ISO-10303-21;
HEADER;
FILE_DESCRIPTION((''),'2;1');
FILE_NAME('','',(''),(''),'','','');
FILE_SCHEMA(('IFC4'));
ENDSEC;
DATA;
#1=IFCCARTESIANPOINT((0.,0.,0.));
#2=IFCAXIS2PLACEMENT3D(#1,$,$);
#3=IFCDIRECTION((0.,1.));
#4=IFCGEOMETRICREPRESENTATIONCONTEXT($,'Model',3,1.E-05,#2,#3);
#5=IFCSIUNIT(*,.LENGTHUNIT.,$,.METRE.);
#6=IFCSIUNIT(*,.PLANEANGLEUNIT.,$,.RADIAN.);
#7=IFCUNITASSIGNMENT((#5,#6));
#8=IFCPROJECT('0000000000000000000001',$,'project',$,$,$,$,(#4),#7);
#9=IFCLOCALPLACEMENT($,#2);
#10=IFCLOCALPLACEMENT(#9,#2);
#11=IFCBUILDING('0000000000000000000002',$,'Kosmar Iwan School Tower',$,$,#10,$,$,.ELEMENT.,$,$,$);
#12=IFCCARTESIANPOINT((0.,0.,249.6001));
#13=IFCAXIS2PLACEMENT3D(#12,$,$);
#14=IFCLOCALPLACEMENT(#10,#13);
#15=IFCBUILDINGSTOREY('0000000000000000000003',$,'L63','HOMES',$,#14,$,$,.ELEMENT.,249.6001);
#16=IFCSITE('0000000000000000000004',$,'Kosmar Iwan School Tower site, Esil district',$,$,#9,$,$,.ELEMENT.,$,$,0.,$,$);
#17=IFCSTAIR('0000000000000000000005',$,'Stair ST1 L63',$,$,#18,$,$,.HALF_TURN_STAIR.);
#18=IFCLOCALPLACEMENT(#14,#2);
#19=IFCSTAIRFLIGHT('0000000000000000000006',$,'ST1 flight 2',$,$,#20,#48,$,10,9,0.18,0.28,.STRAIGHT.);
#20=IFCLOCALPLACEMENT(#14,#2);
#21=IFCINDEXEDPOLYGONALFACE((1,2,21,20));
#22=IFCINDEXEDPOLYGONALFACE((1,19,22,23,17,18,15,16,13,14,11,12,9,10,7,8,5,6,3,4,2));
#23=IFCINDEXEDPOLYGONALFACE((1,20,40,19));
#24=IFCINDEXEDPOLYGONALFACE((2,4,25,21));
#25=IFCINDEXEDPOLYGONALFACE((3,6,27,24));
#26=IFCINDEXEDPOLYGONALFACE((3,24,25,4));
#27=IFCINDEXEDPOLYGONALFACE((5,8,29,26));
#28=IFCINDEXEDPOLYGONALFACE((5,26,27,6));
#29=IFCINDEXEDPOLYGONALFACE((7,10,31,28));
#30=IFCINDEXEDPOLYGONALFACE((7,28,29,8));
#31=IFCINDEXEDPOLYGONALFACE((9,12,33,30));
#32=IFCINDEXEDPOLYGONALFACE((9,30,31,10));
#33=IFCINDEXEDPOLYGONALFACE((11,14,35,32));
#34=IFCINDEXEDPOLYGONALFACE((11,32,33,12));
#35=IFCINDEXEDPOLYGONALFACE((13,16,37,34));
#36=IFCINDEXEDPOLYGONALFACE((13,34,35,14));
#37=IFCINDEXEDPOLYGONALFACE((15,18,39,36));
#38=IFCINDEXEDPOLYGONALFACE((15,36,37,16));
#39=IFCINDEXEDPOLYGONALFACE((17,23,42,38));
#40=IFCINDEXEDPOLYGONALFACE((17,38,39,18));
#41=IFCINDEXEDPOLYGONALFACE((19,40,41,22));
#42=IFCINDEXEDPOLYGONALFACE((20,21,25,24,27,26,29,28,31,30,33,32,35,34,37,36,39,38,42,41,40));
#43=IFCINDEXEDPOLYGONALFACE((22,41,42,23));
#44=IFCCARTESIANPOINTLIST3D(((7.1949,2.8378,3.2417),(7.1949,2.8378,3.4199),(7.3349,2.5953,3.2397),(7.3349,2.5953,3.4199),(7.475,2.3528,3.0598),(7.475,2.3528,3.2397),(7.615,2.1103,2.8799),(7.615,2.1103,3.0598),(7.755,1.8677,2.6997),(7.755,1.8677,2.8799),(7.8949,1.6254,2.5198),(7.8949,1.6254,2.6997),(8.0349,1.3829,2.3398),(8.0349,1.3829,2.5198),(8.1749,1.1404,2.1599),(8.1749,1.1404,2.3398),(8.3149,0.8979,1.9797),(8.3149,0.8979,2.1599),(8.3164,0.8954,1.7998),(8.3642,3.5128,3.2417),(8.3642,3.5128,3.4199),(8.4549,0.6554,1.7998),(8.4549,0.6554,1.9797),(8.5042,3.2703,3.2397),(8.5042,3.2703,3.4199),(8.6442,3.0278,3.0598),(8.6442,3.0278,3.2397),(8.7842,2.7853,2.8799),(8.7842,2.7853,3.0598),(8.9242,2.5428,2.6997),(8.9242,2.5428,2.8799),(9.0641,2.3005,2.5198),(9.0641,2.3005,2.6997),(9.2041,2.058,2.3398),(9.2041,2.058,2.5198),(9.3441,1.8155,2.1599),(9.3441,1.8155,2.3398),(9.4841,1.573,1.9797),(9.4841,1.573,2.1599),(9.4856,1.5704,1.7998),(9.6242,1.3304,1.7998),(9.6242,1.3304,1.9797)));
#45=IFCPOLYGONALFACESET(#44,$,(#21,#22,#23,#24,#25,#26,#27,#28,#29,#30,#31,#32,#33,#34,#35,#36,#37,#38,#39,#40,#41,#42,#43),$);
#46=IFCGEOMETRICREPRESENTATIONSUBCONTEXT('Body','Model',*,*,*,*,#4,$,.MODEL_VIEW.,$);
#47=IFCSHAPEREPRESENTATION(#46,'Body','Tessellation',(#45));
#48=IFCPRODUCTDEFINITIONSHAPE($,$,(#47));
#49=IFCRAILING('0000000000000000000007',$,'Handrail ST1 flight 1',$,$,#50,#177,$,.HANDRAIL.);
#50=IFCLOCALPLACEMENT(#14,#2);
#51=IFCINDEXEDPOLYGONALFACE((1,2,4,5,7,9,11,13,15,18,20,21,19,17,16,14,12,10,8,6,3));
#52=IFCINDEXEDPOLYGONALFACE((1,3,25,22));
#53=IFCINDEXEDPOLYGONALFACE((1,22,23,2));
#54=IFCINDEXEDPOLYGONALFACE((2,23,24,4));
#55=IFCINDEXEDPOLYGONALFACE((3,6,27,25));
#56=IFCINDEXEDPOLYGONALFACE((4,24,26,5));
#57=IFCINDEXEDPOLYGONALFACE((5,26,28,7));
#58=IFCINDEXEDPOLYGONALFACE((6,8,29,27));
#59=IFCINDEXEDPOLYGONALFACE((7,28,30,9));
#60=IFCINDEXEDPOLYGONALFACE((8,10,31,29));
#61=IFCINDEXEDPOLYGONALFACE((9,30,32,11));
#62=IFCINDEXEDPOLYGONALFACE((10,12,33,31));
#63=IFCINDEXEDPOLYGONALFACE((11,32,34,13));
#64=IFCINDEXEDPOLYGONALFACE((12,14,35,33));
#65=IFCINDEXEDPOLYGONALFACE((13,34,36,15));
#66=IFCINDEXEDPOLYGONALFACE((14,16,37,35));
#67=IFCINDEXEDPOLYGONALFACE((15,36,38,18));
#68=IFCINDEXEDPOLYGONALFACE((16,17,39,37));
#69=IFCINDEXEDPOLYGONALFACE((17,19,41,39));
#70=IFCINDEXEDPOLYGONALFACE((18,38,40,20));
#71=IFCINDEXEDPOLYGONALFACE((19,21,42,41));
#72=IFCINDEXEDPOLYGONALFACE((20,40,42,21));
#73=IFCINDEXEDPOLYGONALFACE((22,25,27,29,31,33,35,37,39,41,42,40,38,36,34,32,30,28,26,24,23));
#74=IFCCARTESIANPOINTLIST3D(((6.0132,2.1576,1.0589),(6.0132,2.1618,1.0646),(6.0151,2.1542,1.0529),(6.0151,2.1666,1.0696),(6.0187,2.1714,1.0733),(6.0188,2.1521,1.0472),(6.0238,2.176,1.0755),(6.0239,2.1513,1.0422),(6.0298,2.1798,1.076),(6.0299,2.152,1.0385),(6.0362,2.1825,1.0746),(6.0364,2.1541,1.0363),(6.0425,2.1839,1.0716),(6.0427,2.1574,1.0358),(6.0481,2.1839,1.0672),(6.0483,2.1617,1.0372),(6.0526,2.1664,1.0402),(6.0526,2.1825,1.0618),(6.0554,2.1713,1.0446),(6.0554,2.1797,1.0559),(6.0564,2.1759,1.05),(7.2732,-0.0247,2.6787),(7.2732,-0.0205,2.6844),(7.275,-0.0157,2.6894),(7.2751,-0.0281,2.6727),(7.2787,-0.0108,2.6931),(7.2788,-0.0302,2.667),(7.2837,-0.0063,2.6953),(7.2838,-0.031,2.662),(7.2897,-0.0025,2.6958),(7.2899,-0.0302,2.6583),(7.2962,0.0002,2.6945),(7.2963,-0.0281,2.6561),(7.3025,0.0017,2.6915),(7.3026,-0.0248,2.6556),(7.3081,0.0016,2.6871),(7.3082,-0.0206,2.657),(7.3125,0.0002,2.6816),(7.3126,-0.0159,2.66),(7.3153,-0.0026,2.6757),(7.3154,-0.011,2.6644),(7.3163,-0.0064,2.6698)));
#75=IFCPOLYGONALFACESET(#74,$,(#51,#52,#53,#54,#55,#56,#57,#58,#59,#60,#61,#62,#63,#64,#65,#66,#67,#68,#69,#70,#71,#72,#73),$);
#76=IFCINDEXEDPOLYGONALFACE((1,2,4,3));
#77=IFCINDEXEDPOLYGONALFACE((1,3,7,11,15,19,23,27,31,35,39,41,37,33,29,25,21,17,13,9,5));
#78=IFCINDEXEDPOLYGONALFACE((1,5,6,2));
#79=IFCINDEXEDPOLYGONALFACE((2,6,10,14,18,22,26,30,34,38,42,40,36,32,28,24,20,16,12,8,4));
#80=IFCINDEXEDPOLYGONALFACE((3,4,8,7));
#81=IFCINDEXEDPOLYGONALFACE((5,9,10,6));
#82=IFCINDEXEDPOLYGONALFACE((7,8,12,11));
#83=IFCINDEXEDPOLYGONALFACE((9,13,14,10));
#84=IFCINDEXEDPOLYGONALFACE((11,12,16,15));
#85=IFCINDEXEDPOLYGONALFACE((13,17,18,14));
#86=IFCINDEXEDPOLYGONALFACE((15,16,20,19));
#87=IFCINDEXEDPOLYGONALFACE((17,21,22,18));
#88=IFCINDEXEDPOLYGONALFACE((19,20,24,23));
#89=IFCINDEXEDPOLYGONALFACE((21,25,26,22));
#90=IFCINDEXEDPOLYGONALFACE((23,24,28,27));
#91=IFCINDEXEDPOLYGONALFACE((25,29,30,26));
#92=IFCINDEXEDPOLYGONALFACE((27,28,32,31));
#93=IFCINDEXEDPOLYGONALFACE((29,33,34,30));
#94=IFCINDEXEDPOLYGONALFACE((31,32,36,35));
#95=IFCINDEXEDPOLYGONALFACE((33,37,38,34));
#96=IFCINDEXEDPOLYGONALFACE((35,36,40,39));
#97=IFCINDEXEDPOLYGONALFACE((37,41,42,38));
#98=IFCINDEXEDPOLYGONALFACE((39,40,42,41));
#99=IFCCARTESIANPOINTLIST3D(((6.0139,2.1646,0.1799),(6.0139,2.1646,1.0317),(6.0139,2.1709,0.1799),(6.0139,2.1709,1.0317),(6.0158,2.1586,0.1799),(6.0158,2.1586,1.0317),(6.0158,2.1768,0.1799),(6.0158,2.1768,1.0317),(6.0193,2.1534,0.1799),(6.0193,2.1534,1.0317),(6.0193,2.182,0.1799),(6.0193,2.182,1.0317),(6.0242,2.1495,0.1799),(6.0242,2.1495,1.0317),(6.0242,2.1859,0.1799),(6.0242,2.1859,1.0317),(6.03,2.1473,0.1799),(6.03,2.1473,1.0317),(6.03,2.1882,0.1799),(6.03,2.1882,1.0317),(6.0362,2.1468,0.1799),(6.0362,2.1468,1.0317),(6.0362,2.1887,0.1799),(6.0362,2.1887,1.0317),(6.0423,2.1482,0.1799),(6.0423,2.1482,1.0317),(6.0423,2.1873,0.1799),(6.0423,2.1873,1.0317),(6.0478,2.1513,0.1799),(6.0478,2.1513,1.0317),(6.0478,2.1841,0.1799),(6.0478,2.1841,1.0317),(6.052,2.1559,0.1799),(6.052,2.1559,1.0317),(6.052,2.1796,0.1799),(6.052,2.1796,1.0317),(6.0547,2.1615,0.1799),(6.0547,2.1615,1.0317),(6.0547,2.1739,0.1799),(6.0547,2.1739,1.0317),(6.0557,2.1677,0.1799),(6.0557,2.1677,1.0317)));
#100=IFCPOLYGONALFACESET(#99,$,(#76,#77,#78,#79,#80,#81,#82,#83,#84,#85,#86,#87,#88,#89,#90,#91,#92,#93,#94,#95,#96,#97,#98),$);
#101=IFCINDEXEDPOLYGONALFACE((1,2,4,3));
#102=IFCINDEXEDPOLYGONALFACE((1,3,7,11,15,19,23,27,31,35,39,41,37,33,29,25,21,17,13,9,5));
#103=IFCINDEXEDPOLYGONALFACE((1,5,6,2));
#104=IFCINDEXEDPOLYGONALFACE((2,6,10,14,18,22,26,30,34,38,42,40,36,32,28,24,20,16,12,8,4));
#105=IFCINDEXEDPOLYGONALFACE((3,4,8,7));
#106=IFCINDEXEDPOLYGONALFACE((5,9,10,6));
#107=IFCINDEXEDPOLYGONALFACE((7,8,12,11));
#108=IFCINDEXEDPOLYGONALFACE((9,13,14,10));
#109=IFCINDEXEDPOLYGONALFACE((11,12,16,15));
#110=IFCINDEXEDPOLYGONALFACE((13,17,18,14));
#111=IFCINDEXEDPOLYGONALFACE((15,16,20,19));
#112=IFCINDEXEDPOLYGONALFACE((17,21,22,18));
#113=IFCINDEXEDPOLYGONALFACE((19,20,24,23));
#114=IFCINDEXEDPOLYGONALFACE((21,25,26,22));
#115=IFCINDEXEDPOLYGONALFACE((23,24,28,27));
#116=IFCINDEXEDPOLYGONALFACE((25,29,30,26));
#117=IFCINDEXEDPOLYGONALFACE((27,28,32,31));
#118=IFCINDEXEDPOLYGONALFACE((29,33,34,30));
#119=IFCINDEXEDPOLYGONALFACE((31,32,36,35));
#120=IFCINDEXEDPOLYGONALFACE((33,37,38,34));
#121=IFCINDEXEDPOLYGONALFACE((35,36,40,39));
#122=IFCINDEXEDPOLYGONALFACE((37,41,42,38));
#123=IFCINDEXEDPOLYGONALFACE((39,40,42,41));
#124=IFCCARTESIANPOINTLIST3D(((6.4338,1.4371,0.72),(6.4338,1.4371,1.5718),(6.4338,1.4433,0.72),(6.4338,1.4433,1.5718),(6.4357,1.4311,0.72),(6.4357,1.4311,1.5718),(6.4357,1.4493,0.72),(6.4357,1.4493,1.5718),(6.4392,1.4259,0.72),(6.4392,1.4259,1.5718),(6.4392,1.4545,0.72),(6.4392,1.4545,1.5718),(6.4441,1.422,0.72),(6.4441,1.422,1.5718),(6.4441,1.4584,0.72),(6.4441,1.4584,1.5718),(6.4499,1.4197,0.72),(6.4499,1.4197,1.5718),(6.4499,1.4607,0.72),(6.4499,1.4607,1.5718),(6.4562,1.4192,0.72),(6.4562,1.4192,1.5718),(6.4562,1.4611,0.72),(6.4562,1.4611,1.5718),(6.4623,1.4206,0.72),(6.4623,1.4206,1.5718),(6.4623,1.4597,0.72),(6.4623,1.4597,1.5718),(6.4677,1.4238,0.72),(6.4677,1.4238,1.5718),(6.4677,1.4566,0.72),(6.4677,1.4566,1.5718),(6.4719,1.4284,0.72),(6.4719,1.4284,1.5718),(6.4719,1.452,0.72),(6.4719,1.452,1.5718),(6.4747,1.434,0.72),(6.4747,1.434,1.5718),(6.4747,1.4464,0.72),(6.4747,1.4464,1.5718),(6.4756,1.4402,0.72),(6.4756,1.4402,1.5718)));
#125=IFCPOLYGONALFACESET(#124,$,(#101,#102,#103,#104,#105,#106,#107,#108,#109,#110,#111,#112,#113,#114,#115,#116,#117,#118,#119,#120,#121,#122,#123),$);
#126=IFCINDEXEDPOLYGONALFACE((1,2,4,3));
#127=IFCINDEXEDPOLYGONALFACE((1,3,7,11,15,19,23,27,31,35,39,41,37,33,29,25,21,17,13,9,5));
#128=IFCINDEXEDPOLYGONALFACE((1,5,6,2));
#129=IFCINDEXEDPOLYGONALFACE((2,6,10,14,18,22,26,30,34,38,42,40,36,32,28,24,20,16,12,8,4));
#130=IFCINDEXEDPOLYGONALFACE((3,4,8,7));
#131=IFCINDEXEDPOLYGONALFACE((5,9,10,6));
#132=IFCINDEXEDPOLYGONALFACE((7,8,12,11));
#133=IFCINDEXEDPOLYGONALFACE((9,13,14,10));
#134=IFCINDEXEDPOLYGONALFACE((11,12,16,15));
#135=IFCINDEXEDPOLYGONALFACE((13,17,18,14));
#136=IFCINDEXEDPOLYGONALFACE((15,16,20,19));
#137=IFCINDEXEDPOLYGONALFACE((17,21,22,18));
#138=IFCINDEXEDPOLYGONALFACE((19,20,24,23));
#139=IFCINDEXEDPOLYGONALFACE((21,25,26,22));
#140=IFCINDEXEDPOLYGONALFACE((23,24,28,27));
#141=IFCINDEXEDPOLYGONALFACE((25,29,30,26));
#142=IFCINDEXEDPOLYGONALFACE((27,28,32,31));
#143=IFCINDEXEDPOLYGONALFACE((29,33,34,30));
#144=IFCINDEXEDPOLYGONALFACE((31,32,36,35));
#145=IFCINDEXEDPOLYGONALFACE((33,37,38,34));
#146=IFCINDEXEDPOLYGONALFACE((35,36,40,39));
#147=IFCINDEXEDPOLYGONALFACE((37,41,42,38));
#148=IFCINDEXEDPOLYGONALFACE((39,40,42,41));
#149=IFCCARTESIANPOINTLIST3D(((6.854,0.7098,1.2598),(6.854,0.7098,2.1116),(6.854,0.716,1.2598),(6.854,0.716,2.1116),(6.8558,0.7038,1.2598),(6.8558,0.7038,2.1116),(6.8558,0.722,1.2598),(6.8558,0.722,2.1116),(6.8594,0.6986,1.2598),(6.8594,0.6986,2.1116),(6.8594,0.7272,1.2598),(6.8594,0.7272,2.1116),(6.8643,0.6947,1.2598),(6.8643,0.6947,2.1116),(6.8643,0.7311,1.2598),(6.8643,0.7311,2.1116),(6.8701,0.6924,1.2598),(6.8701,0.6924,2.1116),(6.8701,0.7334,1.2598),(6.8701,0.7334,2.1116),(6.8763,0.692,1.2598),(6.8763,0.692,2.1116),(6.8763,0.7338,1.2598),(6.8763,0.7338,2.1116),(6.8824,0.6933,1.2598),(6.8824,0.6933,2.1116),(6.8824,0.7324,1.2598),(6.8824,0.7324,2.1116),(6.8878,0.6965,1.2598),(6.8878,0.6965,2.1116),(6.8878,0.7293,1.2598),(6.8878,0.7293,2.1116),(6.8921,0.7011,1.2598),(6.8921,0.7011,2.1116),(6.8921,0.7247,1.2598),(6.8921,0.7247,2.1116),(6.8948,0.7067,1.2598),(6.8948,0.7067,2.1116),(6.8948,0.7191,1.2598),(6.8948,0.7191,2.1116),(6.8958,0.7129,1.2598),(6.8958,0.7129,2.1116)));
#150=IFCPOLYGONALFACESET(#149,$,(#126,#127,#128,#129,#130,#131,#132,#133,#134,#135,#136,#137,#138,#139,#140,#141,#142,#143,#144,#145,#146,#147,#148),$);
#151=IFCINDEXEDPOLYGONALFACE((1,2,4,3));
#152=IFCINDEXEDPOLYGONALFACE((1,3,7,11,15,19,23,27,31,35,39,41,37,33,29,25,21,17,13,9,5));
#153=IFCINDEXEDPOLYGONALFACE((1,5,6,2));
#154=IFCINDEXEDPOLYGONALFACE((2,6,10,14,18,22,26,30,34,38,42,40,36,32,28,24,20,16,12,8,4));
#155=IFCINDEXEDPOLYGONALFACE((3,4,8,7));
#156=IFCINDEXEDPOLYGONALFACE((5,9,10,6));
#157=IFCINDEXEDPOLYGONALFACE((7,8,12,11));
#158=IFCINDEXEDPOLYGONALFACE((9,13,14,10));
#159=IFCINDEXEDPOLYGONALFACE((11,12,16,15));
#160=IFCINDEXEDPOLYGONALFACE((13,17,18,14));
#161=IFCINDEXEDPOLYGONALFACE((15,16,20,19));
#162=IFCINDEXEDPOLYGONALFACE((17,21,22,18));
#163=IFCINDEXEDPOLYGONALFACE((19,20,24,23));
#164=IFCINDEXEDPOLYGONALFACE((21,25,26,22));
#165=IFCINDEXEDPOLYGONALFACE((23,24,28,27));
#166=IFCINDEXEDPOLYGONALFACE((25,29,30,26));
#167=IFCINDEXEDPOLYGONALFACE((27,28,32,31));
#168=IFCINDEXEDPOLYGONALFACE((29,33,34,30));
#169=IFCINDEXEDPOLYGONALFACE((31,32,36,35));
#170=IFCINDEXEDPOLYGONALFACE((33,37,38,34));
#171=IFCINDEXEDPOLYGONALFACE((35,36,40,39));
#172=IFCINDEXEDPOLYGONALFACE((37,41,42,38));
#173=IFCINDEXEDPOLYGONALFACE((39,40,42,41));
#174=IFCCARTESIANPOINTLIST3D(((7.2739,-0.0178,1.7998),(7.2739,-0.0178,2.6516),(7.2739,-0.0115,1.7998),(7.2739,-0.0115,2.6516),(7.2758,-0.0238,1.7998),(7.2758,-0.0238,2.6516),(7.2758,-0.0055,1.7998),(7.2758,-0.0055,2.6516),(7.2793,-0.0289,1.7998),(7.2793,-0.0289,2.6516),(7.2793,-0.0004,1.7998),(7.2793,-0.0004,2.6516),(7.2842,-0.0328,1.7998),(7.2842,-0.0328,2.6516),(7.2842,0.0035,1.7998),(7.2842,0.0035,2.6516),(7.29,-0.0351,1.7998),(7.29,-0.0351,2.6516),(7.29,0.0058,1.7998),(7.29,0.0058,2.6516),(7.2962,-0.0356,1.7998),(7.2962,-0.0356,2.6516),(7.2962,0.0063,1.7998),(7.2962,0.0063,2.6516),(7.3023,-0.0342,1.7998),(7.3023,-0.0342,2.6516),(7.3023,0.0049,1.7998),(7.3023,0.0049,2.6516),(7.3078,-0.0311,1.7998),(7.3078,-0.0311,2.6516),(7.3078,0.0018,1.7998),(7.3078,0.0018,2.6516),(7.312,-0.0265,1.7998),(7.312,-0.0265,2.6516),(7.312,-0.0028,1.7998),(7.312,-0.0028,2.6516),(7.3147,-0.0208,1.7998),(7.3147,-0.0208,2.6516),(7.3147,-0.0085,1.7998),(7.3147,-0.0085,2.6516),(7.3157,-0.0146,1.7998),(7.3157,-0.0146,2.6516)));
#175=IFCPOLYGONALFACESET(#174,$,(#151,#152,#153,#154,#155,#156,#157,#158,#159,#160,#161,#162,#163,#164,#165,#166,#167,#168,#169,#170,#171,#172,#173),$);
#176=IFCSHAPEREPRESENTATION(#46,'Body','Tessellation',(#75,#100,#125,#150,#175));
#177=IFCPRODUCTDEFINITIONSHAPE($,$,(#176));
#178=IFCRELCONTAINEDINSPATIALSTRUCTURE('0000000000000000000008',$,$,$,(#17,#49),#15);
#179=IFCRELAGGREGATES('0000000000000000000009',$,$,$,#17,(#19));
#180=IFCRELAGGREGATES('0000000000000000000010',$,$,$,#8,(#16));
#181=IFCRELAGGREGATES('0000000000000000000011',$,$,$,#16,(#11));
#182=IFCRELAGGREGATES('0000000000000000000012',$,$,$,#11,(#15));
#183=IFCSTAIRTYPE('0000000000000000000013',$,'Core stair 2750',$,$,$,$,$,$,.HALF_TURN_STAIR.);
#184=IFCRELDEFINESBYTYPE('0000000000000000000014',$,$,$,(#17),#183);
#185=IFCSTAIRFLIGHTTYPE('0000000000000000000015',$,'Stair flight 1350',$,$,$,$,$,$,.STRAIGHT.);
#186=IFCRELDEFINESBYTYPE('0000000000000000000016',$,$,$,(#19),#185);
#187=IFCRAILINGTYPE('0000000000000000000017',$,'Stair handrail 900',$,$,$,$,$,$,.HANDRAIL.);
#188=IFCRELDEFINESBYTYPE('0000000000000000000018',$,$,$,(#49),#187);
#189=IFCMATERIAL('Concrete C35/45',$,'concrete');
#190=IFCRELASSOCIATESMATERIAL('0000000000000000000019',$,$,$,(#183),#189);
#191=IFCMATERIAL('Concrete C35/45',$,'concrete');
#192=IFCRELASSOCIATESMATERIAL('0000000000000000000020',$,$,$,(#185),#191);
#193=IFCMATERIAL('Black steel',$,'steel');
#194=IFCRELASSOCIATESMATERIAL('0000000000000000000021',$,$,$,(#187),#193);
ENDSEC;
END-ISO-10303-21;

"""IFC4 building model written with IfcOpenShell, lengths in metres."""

from ifc_helpers import new_model, si_unit, direction, frame, origin, origin_2d, place, context, subcontext, project, spatial, polyline, circle, outline, extrude, material, type_object, element, aggregate, save


model = new_model("IFC4")

# Units and contexts
model_context = context("Model", 3, precision=1e-05, world=origin(), true_north=direction((0.0, 1.0)))
body_context = subcontext(model_context, "Body", "Model", "MODEL_VIEW")
ifc_project = project(units=[si_unit("LENGTHUNIT", "METRE"), si_unit("PLANEANGLEUNIT", "RADIAN")], contexts=[model_context])

# Site, building, storey
site_placement = place(None, origin())
site = spatial("IfcSite", under=ifc_project, at=site_placement, Name="Kosmar Iwan School Tower site, Esil district", CompositionType="ELEMENT", RefElevation=0.0)
building_placement = place(site_placement, origin())
building = spatial("IfcBuilding", under=site, at=building_placement, Name="Kosmar Iwan School Tower", CompositionType="ELEMENT")
storey_placement = place(building_placement, frame((0.0, 0.0, 249.6001)))
storey = spatial("IfcBuildingStorey", under=building, at=storey_placement, Name="L63", Description="HOMES", CompositionType="ELEMENT", Elevation=249.6001)

# Stair, stair flight
ifc_material_1 = material(Name="Concrete C35/45", Category="concrete")
stair_type = type_object("IfcStairType", Name="Core stair 2750", PredefinedType="HALF_TURN_STAIR", material=ifc_material_1)
stair_placement = place(storey_placement, origin())
stair = element("IfcStair", 1, at=stair_placement, inside=storey, type_object=stair_type, Name="Stair ST1 L63", PredefinedType="HALF_TURN_STAIR")
ifc_material_2 = material(Name="Concrete C35/45", Category="concrete")
stair_flight_type = type_object("IfcStairFlightType", Name="Stair flight 1350", PredefinedType="STRAIGHT", material=ifc_material_2)
stair_flight_1_placement = place(storey_placement, frame((9.0396, 0.9929, 1.7998), z_axis=(0.0, 0.0, 1.0), x_axis=(-0.5, 0.866025, 0.0)))
stair_flight_1 = element("IfcStairFlight", 2, at=stair_flight_1_placement, type_object=stair_flight_type, Name="ST1 flight 2", NumberOfRisers=10, NumberOfTreads=9, PredefinedType="STRAIGHT", RiserHeight=0.18, TreadLength=0.28, context=body_context, shape_type="SweptSolid", body=[
    extrude(outline(polyline([(0.0, 0.0), (0.0, 0.1799), (0.28, 0.1799), (0.28, 0.3601), (0.5601, 0.3601), (0.5601, 0.54), (0.8401, 0.54), (0.8401, 0.72), (1.1201, 0.72), (1.1201, 0.8999), (1.3999, 0.8999), (1.3999, 1.0801), (1.6799, 1.0801), (1.6799, 1.26), (1.96, 1.26), (1.96, 1.4399), (2.24, 1.4399), (2.24, 1.6201), (2.52, 1.6201), (2.52, 1.8), (2.52, 1.4419), (0.2771, 0.0), (0.0, 0.0)])), frame((0.0, 0.675, 0.0), z_axis=(0.0, -1.0, 0.0), x_axis=(1.0, 0.0, 0.0)), (0.0, 0.0, 1.0), 1.3501),
])
aggregate(stair, [stair_flight_1])

# Railing
ifc_material_3 = material(Name="Black steel", Category="steel")
railing_type = type_object("IfcRailingType", Name="Stair handrail 900", PredefinedType="HANDRAIL", material=ifc_material_3)
railing_1_placement = place(storey_placement, frame((6.0347, 2.1677, 0.1799)))
element("IfcRailing", 3, at=railing_1_placement, inside=storey, type_object=railing_type, Name="Handrail ST1 flight 1", PredefinedType="HANDRAIL", context=body_context, shape_type="SweptSolid", body=[
    extrude(circle(Radius=0.0239, at=origin_2d()), frame((0.0, 0.0, 0.876), z_axis=(0.420603, -0.728496, 0.540728), x_axis=(0.866023, 0.500005, 0.0)), (0.0, 0.0, 1.0), 2.9956),
    extrude(circle(Radius=0.021, at=origin_2d()), origin(), (0.0, 0.0, 1.0), 0.8518),
    extrude(circle(Radius=0.021, at=origin_2d()), frame((0.4199, -0.7275, 0.54)), (0.0, 0.0, 1.0), 0.8518),
    extrude(circle(Radius=0.021, at=origin_2d()), frame((0.8401, -1.4548, 1.0798)), (0.0, 0.0, 1.0), 0.8518),
    extrude(circle(Radius=0.021, at=origin_2d()), frame((1.26, -2.1824, 1.6199)), (0.0, 0.0, 1.0), 0.8518),
])

save(model, "model.ifc")
